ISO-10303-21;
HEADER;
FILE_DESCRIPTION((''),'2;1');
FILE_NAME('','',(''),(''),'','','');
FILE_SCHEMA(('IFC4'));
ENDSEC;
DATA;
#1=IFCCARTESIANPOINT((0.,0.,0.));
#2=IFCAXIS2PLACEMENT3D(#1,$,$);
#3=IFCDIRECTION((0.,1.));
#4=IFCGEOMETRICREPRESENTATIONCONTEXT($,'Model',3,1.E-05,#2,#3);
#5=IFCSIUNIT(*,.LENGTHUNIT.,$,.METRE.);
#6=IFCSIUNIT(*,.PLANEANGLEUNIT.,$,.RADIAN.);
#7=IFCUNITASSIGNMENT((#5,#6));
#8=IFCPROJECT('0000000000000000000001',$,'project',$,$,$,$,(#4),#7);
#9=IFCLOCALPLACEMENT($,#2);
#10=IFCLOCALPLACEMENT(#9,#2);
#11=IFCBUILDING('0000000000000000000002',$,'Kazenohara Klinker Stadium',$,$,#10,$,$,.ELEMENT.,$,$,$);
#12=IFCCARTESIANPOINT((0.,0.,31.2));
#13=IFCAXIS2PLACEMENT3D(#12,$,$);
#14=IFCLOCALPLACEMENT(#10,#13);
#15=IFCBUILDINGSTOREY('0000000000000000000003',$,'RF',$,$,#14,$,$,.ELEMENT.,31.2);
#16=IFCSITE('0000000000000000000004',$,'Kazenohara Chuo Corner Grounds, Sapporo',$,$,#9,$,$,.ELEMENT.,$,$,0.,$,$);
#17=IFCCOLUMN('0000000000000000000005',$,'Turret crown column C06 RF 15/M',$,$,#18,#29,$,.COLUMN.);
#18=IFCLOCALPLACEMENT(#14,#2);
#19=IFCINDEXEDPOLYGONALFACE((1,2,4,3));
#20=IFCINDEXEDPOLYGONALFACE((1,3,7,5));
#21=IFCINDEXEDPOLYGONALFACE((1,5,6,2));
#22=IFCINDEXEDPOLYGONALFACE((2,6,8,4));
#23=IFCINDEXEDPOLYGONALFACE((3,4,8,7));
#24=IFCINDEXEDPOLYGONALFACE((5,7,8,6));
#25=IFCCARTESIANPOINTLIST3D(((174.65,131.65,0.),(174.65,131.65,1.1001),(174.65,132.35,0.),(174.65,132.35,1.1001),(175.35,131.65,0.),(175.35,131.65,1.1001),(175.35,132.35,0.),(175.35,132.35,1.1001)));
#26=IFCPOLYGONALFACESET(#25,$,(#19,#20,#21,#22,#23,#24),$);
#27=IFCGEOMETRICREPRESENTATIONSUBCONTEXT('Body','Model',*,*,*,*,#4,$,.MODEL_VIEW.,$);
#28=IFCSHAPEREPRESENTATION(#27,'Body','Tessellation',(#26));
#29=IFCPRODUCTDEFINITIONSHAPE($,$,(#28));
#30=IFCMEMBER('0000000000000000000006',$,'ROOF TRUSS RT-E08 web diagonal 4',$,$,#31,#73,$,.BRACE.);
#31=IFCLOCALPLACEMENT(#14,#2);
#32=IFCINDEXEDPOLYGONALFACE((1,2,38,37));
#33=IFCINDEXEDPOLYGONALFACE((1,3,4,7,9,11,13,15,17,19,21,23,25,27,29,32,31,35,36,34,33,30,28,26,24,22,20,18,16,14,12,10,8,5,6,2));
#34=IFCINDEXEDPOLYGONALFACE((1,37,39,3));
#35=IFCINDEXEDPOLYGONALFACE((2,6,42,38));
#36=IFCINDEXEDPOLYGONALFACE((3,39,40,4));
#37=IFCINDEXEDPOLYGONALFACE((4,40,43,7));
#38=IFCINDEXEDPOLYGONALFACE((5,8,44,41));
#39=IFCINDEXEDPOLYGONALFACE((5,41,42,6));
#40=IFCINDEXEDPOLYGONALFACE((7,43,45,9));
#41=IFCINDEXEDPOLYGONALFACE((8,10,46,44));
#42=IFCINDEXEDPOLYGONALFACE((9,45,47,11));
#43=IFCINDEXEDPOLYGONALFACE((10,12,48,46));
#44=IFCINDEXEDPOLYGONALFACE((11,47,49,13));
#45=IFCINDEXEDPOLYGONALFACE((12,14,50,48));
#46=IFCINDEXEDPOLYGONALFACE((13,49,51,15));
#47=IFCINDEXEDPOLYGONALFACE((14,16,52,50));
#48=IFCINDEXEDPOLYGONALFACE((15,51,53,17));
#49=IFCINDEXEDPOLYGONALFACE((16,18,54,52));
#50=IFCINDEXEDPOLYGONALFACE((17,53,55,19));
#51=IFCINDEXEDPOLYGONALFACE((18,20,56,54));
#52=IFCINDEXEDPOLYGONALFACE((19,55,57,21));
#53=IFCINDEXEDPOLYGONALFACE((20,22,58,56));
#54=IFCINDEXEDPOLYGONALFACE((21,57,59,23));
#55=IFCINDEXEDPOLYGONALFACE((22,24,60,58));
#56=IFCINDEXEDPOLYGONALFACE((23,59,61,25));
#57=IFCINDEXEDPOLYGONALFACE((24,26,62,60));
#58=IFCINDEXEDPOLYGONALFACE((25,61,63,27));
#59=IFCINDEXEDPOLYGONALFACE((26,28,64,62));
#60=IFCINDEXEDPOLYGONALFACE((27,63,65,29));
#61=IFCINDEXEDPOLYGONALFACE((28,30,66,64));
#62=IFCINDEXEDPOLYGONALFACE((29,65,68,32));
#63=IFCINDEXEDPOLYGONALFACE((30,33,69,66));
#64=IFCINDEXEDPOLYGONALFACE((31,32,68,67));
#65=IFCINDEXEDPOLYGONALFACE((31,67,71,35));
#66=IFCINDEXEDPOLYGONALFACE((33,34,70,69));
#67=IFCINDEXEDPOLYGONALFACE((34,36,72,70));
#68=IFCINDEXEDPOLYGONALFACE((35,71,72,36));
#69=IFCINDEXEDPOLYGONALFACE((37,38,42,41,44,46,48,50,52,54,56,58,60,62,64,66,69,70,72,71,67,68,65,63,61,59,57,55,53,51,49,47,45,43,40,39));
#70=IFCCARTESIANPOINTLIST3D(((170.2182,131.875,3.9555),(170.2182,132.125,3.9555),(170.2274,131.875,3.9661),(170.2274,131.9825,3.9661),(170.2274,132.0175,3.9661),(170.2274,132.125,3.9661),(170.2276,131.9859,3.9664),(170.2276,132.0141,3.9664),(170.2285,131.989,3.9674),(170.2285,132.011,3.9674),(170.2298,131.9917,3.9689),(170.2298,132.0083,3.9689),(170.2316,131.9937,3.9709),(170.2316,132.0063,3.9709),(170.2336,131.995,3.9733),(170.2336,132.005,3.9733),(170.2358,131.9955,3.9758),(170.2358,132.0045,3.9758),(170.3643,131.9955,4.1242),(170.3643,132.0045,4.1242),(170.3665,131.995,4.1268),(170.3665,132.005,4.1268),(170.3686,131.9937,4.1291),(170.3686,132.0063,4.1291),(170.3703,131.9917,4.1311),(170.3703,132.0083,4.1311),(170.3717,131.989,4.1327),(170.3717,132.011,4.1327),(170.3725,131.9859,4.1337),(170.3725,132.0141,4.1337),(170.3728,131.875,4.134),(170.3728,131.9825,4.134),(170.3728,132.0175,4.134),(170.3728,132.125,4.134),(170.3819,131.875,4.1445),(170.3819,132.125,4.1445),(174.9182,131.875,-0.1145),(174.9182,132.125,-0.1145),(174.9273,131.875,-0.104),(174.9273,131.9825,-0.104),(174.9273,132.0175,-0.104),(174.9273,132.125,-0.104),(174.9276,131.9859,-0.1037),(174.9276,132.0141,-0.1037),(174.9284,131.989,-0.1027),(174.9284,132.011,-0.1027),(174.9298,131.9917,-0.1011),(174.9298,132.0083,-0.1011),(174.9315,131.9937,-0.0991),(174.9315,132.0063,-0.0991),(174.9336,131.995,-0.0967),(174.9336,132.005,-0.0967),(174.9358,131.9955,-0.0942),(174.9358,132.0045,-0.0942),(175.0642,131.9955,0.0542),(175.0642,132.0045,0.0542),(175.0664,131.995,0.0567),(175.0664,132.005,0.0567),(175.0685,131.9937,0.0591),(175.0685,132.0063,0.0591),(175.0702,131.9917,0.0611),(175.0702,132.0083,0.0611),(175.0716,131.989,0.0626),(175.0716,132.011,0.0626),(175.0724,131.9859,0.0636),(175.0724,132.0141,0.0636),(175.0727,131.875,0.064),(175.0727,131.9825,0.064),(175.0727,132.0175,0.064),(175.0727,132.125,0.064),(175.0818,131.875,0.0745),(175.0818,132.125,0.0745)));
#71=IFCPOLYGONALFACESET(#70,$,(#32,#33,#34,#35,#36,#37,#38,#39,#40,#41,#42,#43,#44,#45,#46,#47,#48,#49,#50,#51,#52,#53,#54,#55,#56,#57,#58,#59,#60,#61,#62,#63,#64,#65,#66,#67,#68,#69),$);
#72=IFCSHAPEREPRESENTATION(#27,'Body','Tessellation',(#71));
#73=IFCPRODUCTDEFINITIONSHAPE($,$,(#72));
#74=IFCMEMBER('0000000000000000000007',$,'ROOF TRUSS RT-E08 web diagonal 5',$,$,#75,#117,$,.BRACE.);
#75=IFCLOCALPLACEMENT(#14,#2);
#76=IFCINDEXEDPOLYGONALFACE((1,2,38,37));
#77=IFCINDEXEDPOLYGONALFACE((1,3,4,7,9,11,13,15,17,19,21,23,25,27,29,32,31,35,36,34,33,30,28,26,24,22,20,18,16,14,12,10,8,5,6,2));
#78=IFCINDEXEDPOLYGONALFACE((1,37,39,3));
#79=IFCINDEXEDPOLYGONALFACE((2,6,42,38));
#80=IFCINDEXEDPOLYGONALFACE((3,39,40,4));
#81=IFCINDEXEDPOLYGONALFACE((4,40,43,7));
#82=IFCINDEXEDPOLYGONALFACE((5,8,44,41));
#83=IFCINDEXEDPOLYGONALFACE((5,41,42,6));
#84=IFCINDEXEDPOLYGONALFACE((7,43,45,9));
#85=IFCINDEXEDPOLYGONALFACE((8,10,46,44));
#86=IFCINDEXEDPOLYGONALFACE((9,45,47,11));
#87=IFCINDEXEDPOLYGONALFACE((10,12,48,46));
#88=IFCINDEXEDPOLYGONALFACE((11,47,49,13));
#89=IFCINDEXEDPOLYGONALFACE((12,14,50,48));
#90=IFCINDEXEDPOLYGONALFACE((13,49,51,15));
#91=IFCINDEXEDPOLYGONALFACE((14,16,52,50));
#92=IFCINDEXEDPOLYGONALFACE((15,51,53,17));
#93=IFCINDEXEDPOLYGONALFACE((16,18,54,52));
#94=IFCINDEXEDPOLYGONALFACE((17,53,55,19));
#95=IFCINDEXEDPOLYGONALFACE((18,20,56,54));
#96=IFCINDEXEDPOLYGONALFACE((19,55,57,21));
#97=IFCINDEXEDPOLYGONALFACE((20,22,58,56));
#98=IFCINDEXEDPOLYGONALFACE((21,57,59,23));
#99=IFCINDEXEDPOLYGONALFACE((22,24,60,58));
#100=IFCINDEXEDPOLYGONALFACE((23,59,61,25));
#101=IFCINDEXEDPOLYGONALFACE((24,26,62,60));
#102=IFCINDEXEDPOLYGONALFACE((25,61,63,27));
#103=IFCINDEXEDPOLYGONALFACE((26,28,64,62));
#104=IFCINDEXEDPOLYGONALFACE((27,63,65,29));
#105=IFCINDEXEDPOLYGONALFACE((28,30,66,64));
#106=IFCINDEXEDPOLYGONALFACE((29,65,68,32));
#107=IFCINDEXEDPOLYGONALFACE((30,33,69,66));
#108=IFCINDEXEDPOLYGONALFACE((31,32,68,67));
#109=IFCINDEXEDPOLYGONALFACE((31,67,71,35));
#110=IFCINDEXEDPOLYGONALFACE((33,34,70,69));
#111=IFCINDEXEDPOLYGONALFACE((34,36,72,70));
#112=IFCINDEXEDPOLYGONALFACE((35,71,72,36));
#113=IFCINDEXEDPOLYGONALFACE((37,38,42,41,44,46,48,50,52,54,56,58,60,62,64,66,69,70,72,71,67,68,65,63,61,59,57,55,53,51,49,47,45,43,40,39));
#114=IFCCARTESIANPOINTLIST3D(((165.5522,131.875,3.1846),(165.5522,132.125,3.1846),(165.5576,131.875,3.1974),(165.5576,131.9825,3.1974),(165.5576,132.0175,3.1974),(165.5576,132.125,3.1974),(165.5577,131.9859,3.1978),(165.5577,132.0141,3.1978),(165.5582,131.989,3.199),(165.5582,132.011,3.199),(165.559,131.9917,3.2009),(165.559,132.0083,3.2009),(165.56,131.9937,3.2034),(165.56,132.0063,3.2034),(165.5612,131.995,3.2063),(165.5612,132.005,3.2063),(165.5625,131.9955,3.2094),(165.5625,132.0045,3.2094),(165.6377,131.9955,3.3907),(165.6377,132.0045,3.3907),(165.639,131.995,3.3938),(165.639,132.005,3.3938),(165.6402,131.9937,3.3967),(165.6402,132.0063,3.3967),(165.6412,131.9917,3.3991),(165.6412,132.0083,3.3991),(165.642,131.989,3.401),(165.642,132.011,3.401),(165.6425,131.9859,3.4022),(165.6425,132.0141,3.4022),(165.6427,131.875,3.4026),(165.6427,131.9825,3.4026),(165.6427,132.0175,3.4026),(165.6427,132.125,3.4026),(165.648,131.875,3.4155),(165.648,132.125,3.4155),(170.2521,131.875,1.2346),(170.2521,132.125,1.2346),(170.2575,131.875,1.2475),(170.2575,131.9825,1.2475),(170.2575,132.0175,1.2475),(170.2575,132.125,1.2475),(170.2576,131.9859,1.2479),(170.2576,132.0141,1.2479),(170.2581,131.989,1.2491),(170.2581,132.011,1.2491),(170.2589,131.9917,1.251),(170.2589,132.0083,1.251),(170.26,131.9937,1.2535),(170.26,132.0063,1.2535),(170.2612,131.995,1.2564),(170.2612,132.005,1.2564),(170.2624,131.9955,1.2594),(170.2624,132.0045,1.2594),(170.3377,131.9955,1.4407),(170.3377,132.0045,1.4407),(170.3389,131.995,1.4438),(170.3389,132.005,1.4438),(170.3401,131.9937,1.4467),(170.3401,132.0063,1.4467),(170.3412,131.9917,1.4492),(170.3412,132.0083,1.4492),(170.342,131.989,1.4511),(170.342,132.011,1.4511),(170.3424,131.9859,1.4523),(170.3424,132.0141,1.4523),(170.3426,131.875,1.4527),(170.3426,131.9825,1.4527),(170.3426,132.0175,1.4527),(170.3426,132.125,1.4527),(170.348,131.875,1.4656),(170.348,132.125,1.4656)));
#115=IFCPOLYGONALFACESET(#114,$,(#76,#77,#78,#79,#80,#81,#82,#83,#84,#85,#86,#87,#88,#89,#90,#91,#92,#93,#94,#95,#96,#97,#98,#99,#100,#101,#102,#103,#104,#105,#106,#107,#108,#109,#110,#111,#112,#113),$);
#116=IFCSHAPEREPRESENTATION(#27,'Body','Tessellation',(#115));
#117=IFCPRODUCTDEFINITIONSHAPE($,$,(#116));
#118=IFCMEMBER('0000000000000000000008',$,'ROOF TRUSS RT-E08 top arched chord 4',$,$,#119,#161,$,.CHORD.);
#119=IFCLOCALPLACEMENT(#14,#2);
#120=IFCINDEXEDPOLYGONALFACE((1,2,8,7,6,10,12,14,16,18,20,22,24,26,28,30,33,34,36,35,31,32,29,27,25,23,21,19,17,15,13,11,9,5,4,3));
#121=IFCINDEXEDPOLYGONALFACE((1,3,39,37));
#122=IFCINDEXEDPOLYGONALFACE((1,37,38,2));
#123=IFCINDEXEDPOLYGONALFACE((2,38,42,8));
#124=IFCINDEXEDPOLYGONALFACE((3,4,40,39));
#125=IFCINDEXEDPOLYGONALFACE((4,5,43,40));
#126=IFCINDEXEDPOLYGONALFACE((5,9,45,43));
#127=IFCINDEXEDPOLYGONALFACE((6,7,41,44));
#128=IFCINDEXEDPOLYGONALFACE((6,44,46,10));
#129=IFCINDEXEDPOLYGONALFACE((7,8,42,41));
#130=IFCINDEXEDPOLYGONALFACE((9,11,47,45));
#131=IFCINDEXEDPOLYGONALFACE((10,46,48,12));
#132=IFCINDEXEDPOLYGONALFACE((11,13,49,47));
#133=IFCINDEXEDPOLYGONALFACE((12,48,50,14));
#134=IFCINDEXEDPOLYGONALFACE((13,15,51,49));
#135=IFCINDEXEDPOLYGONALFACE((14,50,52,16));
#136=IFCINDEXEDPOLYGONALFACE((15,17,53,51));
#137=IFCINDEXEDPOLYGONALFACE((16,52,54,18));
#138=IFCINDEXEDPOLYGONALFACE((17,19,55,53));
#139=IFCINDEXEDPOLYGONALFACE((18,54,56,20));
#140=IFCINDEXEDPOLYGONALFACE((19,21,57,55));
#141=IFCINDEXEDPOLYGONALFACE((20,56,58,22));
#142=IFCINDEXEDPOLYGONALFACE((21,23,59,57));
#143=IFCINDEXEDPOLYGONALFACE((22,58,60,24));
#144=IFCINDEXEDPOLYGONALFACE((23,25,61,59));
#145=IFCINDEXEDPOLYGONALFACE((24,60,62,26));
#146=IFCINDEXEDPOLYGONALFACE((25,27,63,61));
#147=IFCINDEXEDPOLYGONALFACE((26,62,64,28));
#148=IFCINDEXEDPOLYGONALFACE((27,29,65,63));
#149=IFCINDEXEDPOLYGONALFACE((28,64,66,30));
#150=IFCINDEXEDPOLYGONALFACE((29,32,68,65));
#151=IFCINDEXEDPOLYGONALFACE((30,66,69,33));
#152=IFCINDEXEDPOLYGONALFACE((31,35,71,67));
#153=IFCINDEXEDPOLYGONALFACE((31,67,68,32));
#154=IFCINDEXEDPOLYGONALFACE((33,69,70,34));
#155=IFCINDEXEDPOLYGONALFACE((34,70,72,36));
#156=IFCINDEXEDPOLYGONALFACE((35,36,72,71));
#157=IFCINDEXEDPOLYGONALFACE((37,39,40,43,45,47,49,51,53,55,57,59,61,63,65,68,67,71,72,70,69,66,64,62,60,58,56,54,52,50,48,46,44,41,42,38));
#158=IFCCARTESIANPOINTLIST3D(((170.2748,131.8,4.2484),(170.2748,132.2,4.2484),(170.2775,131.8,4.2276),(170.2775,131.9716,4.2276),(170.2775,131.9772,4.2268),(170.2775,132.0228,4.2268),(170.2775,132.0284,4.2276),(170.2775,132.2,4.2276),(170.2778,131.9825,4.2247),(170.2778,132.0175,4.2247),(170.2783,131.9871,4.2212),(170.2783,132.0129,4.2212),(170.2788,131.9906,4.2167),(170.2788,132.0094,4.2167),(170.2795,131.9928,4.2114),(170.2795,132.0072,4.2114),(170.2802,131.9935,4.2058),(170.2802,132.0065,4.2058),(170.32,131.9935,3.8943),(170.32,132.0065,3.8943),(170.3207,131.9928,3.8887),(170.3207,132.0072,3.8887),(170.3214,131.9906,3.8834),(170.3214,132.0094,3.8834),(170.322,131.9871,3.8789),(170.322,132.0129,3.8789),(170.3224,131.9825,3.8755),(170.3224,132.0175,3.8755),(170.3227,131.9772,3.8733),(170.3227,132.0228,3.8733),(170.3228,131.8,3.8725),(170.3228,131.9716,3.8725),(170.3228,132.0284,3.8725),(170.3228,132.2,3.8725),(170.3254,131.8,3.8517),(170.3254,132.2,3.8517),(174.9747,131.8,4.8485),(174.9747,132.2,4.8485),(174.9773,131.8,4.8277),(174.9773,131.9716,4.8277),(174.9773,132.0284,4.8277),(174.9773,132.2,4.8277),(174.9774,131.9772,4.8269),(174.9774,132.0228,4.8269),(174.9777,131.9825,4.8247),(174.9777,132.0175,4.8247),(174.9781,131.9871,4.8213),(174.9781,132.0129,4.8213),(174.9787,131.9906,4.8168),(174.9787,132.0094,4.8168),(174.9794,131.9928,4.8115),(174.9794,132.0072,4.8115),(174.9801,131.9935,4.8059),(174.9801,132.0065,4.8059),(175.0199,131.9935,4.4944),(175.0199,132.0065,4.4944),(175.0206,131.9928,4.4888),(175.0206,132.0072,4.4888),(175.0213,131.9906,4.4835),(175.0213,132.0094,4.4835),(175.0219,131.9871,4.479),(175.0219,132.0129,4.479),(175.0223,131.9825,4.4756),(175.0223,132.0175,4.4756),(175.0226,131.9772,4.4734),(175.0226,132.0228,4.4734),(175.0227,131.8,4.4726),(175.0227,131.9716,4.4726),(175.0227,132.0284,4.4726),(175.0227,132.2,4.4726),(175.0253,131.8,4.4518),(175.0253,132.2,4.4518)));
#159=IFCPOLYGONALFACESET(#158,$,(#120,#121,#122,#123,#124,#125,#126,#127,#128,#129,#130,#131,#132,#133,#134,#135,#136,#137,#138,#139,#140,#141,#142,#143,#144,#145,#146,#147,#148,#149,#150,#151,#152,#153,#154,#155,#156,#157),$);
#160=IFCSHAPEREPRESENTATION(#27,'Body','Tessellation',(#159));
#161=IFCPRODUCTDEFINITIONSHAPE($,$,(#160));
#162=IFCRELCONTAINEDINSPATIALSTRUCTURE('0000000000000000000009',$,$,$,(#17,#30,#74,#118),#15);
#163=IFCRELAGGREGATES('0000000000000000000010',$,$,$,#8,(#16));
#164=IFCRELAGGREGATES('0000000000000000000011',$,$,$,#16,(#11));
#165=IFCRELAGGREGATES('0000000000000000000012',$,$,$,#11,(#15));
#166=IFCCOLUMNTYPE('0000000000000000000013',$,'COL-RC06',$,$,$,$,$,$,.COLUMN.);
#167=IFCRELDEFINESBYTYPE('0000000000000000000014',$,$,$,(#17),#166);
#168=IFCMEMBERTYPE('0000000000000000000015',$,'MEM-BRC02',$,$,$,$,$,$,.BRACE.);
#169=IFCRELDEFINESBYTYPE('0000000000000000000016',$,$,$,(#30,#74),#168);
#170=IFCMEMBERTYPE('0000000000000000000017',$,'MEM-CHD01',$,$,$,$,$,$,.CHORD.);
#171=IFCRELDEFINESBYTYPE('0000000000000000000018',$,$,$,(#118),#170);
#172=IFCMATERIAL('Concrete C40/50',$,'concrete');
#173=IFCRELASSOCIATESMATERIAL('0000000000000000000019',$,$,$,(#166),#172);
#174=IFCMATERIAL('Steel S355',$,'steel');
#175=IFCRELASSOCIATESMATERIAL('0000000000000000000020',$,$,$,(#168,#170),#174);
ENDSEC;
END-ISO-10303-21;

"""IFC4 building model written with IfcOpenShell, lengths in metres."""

from ifc_helpers import new_model, si_unit, direction, frame, origin, origin_2d, place, context, subcontext, project, spatial, rectangle, i_section, extrude, material, material_profile, profile_set, type_object, element, save


model = new_model("IFC4")

# Units and contexts
model_context = context("Model", 3, precision=1e-05, world=origin(), true_north=direction((0.0, 1.0)))
body_context = subcontext(model_context, "Body", "Model", "MODEL_VIEW")
ifc_project = project(units=[si_unit("LENGTHUNIT", "METRE"), si_unit("PLANEANGLEUNIT", "RADIAN")], contexts=[model_context])

# Site, building, storey
site_placement = place(None, origin())
site = spatial("IfcSite", under=ifc_project, at=site_placement, Name="Kazenohara Chuo Corner Grounds, Sapporo", CompositionType="ELEMENT", RefElevation=0.0)
building_placement = place(site_placement, origin())
building = spatial("IfcBuilding", under=site, at=building_placement, Name="Kazenohara Klinker Stadium", CompositionType="ELEMENT")
storey_placement = place(building_placement, frame((0.0, 0.0, 31.2)))
storey = spatial("IfcBuildingStorey", under=building, at=storey_placement, Name="RF", CompositionType="ELEMENT", Elevation=31.2)

# Column
ifc_material_1 = material(Name="Concrete C40/50", Category="concrete")
ifc_material_profile_1 = material_profile(ifc_material_1, rectangle(XDim=0.7, YDim=0.7, at=origin_2d()), Name="RC-COL-700x700")
ifc_profile_set_1 = profile_set([ifc_material_profile_1], Name="Concrete C40/50")
column_type = type_object("IfcColumnType", Name="COL-RC06", PredefinedType="COLUMN", material=ifc_profile_set_1)
column_placement = place(storey_placement, frame((175.0, 132.0, 0.0), z_axis=(0.0, 0.0, 1.0), x_axis=(1.0, 0.0, 0.0)))
element("IfcColumn", 1, at=column_placement, inside=storey, type_object=column_type, Name="Turret crown column C06 RF 15/M", PredefinedType="COLUMN", context=body_context, shape_type="SweptSolid", body=[
    extrude(rectangle(XDim=0.7, YDim=0.7, at=origin_2d()), origin(), (0.0, 0.0, 1.0), 1.1001),
])

# Members
ifc_material_2 = material(Name="Steel S355", Category="steel")
ifc_material_profile_2 = material_profile(ifc_material_2, i_section(OverallWidth=0.25, OverallDepth=0.25, WebThickness=0.009, FlangeThickness=0.0139, FilletRadius=0.0129, at=origin_2d()), Name="H-250x250x9x14")
ifc_profile_set_2 = profile_set([ifc_material_profile_2], Name="Steel S355")
member_type_1 = type_object("IfcMemberType", Name="MEM-BRC02", PredefinedType="BRACE", material=ifc_profile_set_2)
member_1_placement = place(storey_placement, frame((175.0, 132.0, -0.02), z_axis=(-0.755946, 0.0, 0.654634), x_axis=(0.0, -1.0, 0.0)))
element("IfcMember", 2, at=member_1_placement, inside=storey, type_object=member_type_1, Name="ROOF TRUSS RT-E08 web diagonal 4", PredefinedType="BRACE", context=body_context, shape_type="SweptSolid", body=[
    extrude(i_section(OverallWidth=0.25, OverallDepth=0.25, WebThickness=0.009, FlangeThickness=0.0139, FilletRadius=0.0129, at=origin_2d()), origin(), (0.0, 0.0, 1.0), 6.2173),
])
member_2_placement = place(storey_placement, frame((170.3, 132.0, 1.3501), z_axis=(-0.923659, 0.0, 0.383215), x_axis=(0.0, -1.0, 0.0)))
element("IfcMember", 3, at=member_2_placement, inside=storey, type_object=member_type_1, Name="ROOF TRUSS RT-E08 web diagonal 5", PredefinedType="BRACE", context=body_context, shape_type="SweptSolid", body=[
    extrude(i_section(OverallWidth=0.25, OverallDepth=0.25, WebThickness=0.009, FlangeThickness=0.0139, FilletRadius=0.0129, at=origin_2d()), origin(), (0.0, 0.0, 1.0), 5.0884),
])
ifc_material_profile_3 = material_profile(ifc_material_2, i_section(OverallWidth=0.3999, OverallDepth=0.3999, WebThickness=0.0129, FlangeThickness=0.021, FilletRadius=0.022, at=origin_2d()), Name="H-400x400x13x21")
ifc_profile_set_3 = profile_set([ifc_material_profile_3], Name="Steel S355")
member_type_2 = type_object("IfcMemberType", Name="MEM-CHD01", PredefinedType="CHORD", material=ifc_profile_set_3)
member_3_placement = place(storey_placement, frame((175.0, 132.0, 4.6501), z_axis=(-0.991947, 0.0, -0.126653), x_axis=(0.0, -1.0, 0.0)))
element("IfcMember", 4, at=member_3_placement, inside=storey, type_object=member_type_2, Name="ROOF TRUSS RT-E08 top arched chord 4", PredefinedType="CHORD", context=body_context, shape_type="SweptSolid", body=[
    extrude(i_section(OverallWidth=0.3999, OverallDepth=0.3999, WebThickness=0.0129, FlangeThickness=0.021, FilletRadius=0.022, at=origin_2d()), origin(), (0.0, 0.0, 1.0), 4.738),
])

save(model, "model.ifc")
